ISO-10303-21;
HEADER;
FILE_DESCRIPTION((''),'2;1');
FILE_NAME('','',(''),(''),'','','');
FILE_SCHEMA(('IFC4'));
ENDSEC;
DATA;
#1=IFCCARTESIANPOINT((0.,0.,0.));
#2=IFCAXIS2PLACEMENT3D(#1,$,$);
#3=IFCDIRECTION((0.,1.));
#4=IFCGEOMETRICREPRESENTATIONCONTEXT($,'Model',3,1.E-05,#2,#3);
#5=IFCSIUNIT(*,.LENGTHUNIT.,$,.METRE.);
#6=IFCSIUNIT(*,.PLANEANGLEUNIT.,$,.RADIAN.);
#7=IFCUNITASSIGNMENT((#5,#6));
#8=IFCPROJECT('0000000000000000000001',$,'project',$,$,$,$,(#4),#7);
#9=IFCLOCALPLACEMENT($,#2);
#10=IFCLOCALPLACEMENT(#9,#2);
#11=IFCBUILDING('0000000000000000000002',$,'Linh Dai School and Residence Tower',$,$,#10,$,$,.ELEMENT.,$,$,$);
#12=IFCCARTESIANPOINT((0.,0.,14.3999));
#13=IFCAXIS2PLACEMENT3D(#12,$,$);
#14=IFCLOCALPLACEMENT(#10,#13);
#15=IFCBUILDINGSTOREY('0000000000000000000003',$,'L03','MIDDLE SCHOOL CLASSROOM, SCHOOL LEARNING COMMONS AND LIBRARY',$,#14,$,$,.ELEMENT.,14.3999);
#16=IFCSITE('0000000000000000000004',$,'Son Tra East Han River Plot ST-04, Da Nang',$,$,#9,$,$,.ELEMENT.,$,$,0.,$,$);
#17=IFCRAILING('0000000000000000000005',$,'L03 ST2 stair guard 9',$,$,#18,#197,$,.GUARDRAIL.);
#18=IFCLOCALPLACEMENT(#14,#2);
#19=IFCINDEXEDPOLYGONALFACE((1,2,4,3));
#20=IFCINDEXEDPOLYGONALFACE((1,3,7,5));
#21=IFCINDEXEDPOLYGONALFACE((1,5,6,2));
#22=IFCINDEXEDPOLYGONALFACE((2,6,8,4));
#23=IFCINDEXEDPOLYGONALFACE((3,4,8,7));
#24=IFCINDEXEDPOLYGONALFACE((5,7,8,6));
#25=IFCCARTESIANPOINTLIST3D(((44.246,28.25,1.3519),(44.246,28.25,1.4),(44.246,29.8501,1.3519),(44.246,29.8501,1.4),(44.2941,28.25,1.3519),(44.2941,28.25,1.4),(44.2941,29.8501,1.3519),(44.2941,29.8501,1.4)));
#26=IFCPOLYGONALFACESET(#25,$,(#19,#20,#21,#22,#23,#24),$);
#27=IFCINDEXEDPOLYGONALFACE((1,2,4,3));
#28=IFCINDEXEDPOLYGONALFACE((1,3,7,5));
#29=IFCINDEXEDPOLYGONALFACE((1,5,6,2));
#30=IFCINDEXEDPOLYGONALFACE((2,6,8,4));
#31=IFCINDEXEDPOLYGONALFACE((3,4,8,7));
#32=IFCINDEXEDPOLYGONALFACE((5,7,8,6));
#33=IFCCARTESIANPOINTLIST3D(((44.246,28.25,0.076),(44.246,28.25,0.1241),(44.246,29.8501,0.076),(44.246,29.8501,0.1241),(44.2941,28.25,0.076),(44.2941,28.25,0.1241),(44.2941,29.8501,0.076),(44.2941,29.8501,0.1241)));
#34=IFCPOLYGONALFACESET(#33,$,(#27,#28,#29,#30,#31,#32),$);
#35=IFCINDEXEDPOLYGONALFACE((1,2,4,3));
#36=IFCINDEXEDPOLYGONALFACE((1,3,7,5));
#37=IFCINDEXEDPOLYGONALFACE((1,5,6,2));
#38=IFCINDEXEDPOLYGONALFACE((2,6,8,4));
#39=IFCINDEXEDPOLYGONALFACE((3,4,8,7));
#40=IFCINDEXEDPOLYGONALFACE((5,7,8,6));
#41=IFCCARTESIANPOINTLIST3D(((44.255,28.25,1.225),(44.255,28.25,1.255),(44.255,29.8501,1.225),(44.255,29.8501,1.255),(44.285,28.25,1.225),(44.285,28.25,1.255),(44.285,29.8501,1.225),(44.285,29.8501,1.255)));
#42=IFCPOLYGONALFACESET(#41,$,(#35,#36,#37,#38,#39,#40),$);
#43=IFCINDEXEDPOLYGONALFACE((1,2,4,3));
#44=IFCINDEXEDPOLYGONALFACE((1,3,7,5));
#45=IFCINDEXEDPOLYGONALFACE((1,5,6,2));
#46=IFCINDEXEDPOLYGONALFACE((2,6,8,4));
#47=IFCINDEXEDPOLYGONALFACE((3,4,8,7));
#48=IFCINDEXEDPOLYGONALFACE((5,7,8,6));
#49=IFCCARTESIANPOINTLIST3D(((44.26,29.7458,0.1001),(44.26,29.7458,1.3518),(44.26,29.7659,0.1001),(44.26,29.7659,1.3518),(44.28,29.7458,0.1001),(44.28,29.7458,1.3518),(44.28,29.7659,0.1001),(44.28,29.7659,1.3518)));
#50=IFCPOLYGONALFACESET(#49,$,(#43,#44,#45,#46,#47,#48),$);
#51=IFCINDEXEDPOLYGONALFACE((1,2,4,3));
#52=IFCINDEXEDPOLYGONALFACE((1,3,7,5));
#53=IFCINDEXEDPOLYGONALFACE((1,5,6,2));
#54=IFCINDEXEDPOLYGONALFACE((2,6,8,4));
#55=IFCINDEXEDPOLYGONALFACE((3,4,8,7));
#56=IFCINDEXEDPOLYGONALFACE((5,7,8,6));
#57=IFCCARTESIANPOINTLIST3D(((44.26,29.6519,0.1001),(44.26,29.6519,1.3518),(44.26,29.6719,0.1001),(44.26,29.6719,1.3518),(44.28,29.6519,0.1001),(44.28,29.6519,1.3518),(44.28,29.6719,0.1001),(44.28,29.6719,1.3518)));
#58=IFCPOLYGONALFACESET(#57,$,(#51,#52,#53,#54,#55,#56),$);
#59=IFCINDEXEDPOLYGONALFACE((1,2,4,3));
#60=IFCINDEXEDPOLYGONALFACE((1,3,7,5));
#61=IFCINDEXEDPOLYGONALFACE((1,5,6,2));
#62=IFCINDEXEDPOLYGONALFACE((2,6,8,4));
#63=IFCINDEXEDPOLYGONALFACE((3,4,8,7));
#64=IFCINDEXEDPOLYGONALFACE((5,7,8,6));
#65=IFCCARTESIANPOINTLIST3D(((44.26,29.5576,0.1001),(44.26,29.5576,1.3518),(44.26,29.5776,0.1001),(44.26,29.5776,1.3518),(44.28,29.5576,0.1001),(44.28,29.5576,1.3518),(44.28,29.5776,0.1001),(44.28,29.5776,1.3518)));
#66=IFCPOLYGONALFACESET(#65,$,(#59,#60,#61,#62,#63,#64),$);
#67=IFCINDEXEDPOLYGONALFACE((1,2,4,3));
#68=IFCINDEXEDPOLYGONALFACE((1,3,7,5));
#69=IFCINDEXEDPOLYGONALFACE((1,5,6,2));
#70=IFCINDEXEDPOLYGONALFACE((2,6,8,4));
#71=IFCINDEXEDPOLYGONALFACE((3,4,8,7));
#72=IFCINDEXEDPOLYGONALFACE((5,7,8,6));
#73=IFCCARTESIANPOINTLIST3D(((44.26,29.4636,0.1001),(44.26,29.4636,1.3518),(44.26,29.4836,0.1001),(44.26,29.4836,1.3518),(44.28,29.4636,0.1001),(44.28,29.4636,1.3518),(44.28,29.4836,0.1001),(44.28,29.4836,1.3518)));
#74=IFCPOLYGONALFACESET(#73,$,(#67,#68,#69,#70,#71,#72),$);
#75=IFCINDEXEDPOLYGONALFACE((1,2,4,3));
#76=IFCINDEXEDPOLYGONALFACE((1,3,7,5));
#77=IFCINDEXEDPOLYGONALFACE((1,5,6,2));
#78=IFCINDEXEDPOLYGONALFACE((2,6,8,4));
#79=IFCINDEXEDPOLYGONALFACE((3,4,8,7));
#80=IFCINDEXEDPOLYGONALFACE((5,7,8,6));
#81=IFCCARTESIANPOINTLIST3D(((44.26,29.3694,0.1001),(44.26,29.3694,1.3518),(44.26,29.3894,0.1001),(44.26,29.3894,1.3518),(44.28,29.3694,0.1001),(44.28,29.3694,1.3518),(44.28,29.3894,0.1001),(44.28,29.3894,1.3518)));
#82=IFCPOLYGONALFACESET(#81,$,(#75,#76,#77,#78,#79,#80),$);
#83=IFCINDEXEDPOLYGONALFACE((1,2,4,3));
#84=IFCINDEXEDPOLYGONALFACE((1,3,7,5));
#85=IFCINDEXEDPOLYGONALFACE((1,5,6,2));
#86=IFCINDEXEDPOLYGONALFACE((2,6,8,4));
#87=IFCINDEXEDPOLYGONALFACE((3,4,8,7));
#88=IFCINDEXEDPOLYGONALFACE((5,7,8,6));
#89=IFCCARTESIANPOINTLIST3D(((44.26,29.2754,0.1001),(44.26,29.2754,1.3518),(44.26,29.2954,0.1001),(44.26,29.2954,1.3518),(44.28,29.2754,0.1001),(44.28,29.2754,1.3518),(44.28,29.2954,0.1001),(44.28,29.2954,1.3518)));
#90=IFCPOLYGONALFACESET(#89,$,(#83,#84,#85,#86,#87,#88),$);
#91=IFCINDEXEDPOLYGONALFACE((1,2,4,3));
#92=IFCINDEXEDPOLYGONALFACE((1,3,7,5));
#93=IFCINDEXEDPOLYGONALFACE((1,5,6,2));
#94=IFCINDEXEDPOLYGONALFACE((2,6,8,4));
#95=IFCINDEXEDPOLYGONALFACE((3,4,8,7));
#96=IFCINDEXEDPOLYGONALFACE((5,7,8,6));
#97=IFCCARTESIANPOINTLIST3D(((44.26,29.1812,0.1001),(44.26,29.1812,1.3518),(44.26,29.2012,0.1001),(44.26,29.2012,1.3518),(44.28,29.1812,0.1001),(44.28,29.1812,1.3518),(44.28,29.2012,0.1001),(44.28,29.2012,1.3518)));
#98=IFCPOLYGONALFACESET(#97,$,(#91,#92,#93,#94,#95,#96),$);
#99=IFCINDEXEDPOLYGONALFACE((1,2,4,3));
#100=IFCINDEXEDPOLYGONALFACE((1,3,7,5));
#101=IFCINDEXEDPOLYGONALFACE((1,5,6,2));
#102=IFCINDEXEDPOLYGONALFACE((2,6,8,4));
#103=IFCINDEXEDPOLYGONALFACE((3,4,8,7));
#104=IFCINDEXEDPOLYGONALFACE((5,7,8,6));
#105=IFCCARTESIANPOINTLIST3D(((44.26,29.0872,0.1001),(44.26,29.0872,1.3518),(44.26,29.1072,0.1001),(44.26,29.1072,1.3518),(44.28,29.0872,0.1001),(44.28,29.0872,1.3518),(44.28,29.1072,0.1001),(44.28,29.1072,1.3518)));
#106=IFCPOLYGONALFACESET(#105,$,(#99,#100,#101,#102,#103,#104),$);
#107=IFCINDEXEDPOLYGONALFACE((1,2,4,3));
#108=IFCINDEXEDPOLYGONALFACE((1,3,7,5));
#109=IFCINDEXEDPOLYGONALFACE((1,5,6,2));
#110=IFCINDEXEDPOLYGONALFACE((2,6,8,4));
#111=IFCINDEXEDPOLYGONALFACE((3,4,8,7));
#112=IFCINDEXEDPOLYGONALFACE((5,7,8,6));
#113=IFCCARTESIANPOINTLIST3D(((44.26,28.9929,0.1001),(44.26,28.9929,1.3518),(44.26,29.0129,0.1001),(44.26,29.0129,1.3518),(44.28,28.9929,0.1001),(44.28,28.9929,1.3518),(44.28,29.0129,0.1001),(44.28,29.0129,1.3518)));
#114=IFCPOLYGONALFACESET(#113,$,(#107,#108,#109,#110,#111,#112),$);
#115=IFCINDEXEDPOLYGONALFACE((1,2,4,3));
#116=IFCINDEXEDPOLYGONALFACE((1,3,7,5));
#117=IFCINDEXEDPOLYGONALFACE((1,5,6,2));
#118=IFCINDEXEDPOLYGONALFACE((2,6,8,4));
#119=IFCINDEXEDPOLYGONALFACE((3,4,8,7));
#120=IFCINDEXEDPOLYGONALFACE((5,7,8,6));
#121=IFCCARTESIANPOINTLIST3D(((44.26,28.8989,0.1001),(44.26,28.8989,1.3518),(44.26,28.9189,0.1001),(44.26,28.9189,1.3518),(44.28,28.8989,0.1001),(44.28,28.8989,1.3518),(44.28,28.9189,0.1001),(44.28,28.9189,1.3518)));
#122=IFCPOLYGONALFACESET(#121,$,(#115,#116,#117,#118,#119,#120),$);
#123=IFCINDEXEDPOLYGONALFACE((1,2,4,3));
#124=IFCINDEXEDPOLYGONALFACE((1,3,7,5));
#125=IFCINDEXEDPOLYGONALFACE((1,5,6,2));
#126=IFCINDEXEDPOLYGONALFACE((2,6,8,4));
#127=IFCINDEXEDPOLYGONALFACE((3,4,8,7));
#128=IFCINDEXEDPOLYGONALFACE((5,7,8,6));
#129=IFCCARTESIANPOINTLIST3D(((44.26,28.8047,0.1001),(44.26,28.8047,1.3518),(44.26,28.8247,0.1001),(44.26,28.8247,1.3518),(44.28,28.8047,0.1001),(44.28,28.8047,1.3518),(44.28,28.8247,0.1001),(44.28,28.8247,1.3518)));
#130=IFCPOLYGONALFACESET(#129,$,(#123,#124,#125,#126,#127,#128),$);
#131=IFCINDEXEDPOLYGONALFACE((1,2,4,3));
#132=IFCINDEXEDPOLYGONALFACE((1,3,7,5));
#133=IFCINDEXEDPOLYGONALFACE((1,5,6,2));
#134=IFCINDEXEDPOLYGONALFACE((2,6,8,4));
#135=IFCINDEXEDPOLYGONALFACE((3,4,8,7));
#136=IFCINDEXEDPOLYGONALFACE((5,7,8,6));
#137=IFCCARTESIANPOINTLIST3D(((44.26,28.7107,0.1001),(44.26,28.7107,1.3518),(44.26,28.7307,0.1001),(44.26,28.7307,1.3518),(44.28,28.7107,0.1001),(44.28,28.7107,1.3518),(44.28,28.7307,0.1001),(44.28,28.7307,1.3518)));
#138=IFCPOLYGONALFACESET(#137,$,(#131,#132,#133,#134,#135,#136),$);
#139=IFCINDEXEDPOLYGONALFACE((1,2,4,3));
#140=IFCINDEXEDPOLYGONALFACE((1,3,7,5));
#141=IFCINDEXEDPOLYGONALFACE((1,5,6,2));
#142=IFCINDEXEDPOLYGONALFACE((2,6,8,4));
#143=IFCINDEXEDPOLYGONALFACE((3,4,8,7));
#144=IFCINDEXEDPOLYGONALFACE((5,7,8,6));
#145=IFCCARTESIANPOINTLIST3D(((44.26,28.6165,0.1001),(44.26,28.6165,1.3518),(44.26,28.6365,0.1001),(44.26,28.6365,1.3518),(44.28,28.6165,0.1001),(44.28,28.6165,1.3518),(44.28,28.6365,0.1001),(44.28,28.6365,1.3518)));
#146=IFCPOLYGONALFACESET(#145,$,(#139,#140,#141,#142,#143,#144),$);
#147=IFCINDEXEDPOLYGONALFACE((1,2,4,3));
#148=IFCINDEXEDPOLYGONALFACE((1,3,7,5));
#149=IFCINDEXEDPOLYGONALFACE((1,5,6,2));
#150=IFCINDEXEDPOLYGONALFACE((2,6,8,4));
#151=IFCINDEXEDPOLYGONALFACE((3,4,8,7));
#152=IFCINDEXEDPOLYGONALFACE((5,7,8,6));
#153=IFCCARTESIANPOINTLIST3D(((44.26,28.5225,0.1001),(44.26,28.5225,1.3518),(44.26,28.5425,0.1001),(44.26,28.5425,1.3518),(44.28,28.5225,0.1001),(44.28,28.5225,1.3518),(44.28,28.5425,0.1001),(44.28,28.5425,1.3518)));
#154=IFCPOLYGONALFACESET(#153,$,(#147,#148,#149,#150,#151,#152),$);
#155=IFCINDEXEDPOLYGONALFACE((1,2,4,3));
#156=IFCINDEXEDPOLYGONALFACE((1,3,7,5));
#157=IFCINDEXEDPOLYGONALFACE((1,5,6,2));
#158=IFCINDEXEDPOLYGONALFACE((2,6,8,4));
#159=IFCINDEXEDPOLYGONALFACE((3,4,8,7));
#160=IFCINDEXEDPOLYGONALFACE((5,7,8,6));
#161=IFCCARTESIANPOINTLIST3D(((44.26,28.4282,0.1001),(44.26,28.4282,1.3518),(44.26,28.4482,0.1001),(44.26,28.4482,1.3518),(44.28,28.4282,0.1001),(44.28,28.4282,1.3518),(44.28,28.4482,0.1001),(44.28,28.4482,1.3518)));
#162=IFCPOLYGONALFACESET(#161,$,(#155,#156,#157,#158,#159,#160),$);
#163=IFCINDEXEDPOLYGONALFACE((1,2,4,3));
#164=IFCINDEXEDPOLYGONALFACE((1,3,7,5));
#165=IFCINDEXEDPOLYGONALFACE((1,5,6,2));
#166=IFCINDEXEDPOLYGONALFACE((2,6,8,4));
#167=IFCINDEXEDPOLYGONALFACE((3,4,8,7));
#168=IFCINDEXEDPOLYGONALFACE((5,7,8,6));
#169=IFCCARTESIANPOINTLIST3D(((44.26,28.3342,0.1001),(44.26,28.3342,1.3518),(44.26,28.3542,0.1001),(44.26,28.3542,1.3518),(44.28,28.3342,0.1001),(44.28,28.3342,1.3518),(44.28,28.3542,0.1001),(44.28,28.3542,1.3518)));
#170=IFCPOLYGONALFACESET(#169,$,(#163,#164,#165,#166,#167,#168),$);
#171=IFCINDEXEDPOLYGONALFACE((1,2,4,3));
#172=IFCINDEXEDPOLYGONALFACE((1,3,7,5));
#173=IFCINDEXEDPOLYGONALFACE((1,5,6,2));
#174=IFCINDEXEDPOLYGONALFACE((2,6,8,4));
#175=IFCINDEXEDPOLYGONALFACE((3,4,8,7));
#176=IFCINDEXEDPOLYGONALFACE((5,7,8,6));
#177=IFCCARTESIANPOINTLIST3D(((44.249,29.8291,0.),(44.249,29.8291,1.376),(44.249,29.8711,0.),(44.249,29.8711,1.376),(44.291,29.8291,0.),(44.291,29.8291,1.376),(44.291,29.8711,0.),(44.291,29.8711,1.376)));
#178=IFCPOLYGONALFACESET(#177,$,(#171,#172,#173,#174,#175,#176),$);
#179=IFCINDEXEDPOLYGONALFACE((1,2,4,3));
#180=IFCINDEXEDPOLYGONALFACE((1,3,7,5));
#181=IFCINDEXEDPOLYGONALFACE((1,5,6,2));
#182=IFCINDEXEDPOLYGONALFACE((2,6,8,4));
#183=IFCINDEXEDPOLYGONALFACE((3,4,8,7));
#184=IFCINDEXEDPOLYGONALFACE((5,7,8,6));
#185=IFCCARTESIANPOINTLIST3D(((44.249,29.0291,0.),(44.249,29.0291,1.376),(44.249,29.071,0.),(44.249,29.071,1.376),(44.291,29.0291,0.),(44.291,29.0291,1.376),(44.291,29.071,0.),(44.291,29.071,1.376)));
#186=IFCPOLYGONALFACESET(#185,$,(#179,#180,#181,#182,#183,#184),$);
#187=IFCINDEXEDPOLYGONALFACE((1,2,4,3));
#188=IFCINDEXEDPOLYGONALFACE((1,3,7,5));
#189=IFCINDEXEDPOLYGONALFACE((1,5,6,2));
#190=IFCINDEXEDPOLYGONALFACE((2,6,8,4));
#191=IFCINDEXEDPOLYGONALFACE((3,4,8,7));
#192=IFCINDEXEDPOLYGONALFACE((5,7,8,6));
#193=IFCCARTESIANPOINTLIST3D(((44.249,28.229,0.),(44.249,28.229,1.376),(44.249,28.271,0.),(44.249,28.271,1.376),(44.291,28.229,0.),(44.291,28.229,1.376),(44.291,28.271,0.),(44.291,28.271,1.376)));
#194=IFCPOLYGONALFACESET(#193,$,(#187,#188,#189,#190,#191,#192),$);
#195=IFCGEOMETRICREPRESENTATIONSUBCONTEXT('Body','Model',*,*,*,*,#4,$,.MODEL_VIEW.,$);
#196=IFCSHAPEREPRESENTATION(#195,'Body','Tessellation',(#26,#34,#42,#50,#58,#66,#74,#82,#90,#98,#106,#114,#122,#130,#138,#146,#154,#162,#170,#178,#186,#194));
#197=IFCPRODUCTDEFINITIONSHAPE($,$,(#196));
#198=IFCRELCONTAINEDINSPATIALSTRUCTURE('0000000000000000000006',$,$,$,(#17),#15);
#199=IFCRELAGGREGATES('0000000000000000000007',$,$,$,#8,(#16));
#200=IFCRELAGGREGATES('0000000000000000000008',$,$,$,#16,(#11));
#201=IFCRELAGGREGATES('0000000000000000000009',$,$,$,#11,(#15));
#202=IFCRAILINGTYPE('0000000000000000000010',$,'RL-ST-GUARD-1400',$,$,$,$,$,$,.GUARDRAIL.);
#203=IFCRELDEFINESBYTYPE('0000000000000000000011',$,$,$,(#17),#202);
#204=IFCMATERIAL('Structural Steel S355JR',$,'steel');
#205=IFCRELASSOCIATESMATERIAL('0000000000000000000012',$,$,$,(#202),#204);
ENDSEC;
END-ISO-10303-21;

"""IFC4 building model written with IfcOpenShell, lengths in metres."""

from ifc_helpers import new_model, si_unit, direction, frame, origin, origin_2d, place, context, subcontext, project, spatial, rectangle, extrude, source, transform, mapped, material, type_object, element, save


model = new_model("IFC4")

# Units and contexts
model_context = context("Model", 3, precision=1e-05, world=origin(), true_north=direction((0.0, 1.0)))
body_context = subcontext(model_context, "Body", "Model", "MODEL_VIEW")
ifc_project = project(units=[si_unit("LENGTHUNIT", "METRE"), si_unit("PLANEANGLEUNIT", "RADIAN")], contexts=[model_context])

# Site, building, storey
site_placement = place(None, origin())
site = spatial("IfcSite", under=ifc_project, at=site_placement, Name="Son Tra East Han River Plot ST-04, Da Nang", CompositionType="ELEMENT", RefElevation=0.0)
building_placement = place(site_placement, origin())
building = spatial("IfcBuilding", under=site, at=building_placement, Name="Linh Dai School and Residence Tower", CompositionType="ELEMENT")
storey_placement = place(building_placement, frame((0.0, 0.0, 14.3999)))
storey = spatial("IfcBuildingStorey", under=building, at=storey_placement, Name="L03", Description="MIDDLE SCHOOL CLASSROOM, SCHOOL LEARNING COMMONS AND LIBRARY", CompositionType="ELEMENT", Elevation=14.3999)

# Shared definitions
ifc_material_1 = material(Name="Structural Steel S355JR", Category="steel")

# Railing
railing_type_1 = type_object("IfcRailingType", Name="RL-ST-GUARD-1400", PredefinedType="GUARDRAIL", material=ifc_material_1)
shared_shape_1 = source(origin(), body_context, "Body", "SweptSolid", [
    extrude(rectangle(XDim=0.0481, YDim=0.0481, at=origin_2d()), frame((0.0, 0.0, 1.376), z_axis=(0.0, -1.0, 0.0), x_axis=(1.0, 0.0, 0.0)), (0.0, 0.0, 1.0), 1.6001),
    extrude(rectangle(XDim=0.0481, YDim=0.0481, at=origin_2d()), frame((0.0, 0.0, 0.1001), z_axis=(0.0, -1.0, 0.0), x_axis=(1.0, 0.0, 0.0)), (0.0, 0.0, 1.0), 1.6001),
    extrude(rectangle(XDim=0.03, YDim=0.03, at=origin_2d()), frame((0.0, 0.0, 1.24), z_axis=(0.0, -1.0, 0.0), x_axis=(1.0, 0.0, 0.0)), (0.0, 0.0, 1.0), 1.6001),
    extrude(rectangle(XDim=0.02, YDim=0.02, at=origin_2d()), frame((0.0, -0.0942, 0.1001)), (0.0, 0.0, 1.0), 1.2517),
    extrude(rectangle(XDim=0.02, YDim=0.02, at=origin_2d()), frame((0.0, -0.1882, 0.1001)), (0.0, 0.0, 1.0), 1.2517),
    extrude(rectangle(XDim=0.02, YDim=0.02, at=origin_2d()), frame((0.0, -0.2825, 0.1001)), (0.0, 0.0, 1.0), 1.2517),
    extrude(rectangle(XDim=0.02, YDim=0.02, at=origin_2d()), frame((0.0, -0.3765, 0.1001)), (0.0, 0.0, 1.0), 1.2517),
    extrude(rectangle(XDim=0.02, YDim=0.02, at=origin_2d()), frame((0.0, -0.4707, 0.1001)), (0.0, 0.0, 1.0), 1.2517),
    extrude(rectangle(XDim=0.02, YDim=0.02, at=origin_2d()), frame((0.0, -0.5647, 0.1001)), (0.0, 0.0, 1.0), 1.2517),
    extrude(rectangle(XDim=0.02, YDim=0.02, at=origin_2d()), frame((0.0, -0.6589, 0.1001)), (0.0, 0.0, 1.0), 1.2517),
    extrude(rectangle(XDim=0.02, YDim=0.02, at=origin_2d()), frame((0.0, -0.7529, 0.1001)), (0.0, 0.0, 1.0), 1.2517),
    extrude(rectangle(XDim=0.02, YDim=0.02, at=origin_2d()), frame((0.0, -0.8472, 0.1001)), (0.0, 0.0, 1.0), 1.2517),
    extrude(rectangle(XDim=0.02, YDim=0.02, at=origin_2d()), frame((0.0, -0.9412, 0.1001)), (0.0, 0.0, 1.0), 1.2517),
    extrude(rectangle(XDim=0.02, YDim=0.02, at=origin_2d()), frame((0.0, -1.0354, 0.1001)), (0.0, 0.0, 1.0), 1.2517),
    extrude(rectangle(XDim=0.02, YDim=0.02, at=origin_2d()), frame((0.0, -1.1294, 0.1001)), (0.0, 0.0, 1.0), 1.2517),
    extrude(rectangle(XDim=0.02, YDim=0.02, at=origin_2d()), frame((0.0, -1.2236, 0.1001)), (0.0, 0.0, 1.0), 1.2517),
    extrude(rectangle(XDim=0.02, YDim=0.02, at=origin_2d()), frame((0.0, -1.3176, 0.1001)), (0.0, 0.0, 1.0), 1.2517),
    extrude(rectangle(XDim=0.02, YDim=0.02, at=origin_2d()), frame((0.0, -1.4119, 0.1001)), (0.0, 0.0, 1.0), 1.2517),
    extrude(rectangle(XDim=0.02, YDim=0.02, at=origin_2d()), frame((0.0, -1.5059, 0.1001)), (0.0, 0.0, 1.0), 1.2517),
    extrude(rectangle(XDim=0.042, YDim=0.042, at=origin_2d()), origin(), (0.0, 0.0, 1.0), 1.376),
    extrude(rectangle(XDim=0.042, YDim=0.042, at=origin_2d()), frame((0.0, -0.8, 0.0)), (0.0, 0.0, 1.0), 1.376),
    extrude(rectangle(XDim=0.042, YDim=0.042, at=origin_2d()), frame((0.0, -1.6001, 0.0)), (0.0, 0.0, 1.0), 1.376),
])
for number, where, name in (
    (1, (44.27, 29.8501, 0.0), "L03 ST2 stair guard 9"),
):
    element("IfcRailing", number, at=place(storey_placement, frame(where)), inside=storey, type_object=railing_type_1, Name=name, PredefinedType="GUARDRAIL", context=body_context, shape_type="MappedRepresentation", body=[
        mapped(shared_shape_1, transform((0.0, 0.0, 0.0), x_axis=(1.0, 0.0, 0.0), y_axis=(0.0, 1.0, 0.0), z_axis=(0.0, 0.0, 1.0), scale=1.0)),
    ])

save(model, "model.ifc")
